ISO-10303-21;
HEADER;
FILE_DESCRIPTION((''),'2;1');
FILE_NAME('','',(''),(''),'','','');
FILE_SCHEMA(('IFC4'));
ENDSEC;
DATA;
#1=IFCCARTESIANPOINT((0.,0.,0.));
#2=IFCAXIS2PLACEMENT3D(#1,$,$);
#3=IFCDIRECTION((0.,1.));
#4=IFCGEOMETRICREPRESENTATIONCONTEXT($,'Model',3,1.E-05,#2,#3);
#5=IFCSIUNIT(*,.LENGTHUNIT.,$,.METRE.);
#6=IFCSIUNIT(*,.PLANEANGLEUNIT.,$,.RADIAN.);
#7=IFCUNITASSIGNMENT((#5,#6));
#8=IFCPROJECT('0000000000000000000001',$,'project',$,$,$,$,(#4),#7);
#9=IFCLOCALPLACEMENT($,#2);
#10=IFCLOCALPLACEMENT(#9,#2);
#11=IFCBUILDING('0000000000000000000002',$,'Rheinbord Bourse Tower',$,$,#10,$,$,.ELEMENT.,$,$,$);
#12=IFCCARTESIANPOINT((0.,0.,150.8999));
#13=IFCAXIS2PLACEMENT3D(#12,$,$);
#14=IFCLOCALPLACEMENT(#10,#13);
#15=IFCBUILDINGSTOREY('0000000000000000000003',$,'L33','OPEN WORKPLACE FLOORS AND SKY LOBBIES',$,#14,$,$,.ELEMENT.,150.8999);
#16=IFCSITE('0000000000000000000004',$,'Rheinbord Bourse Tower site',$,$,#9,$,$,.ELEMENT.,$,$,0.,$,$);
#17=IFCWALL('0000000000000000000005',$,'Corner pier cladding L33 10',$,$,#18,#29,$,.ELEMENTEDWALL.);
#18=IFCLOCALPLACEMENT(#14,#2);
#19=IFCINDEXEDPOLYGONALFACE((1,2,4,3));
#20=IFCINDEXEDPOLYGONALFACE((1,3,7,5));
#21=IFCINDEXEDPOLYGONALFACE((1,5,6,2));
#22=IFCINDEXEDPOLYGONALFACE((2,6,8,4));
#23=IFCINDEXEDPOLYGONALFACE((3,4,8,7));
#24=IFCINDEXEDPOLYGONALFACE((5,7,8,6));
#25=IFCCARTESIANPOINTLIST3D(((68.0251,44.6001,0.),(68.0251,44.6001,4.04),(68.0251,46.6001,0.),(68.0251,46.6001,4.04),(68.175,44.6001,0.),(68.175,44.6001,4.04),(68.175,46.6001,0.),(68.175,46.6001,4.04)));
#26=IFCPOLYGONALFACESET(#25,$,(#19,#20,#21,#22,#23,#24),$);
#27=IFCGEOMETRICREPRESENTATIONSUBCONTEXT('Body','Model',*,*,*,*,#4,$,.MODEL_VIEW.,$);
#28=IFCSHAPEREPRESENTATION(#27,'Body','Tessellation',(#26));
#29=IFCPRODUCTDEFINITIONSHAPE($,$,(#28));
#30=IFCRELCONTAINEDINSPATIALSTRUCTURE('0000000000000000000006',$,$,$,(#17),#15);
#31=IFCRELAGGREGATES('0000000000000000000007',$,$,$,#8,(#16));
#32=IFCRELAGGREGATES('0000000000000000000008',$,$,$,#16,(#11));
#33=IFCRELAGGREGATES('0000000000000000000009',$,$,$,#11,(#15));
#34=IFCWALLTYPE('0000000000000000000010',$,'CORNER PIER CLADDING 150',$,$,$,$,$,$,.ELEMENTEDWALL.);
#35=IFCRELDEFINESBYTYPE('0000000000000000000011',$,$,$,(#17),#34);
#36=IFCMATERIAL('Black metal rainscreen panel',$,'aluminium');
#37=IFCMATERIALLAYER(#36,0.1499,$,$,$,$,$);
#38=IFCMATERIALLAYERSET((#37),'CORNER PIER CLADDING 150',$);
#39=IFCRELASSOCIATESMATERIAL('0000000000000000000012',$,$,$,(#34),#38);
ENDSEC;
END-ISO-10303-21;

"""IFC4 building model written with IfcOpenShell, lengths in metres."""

from ifc_helpers import new_model, si_unit, direction, frame, frame_2d, origin, place, context, subcontext, project, spatial, rectangle, extrude, material, layer, layer_set, type_object, element, save


model = new_model("IFC4")

# Units and contexts
model_context = context("Model", 3, precision=1e-05, world=origin(), true_north=direction((0.0, 1.0)))
body_context = subcontext(model_context, "Body", "Model", "MODEL_VIEW")
ifc_project = project(units=[si_unit("LENGTHUNIT", "METRE"), si_unit("PLANEANGLEUNIT", "RADIAN")], contexts=[model_context])

# Site, building, storey
site_placement = place(None, origin())
site = spatial("IfcSite", under=ifc_project, at=site_placement, Name="Rheinbord Bourse Tower site", CompositionType="ELEMENT", RefElevation=0.0)
building_placement = place(site_placement, origin())
building = spatial("IfcBuilding", under=site, at=building_placement, Name="Rheinbord Bourse Tower", CompositionType="ELEMENT")
storey_placement = place(building_placement, frame((0.0, 0.0, 150.8999)))
storey = spatial("IfcBuildingStorey", under=building, at=storey_placement, Name="L33", Description="OPEN WORKPLACE FLOORS AND SKY LOBBIES", CompositionType="ELEMENT", Elevation=150.8999)

# Wall
ifc_material_1 = material(Name="Black metal rainscreen panel", Category="aluminium")
ifc_layer_1 = layer(ifc_material_1, 0.1499)
ifc_layer_set_1 = layer_set([ifc_layer_1], Name="CORNER PIER CLADDING 150")
wall_type = type_object("IfcWallType", Name="CORNER PIER CLADDING 150", PredefinedType="ELEMENTEDWALL", material=ifc_layer_set_1)
wall_1_placement = place(storey_placement, frame((68.1001, 44.6001, 0.0), z_axis=(0.0, 0.0, 1.0), x_axis=(0.0, 1.0, 0.0)))
element("IfcWall", 1, at=wall_1_placement, inside=storey, type_object=wall_type, Name="Corner pier cladding L33 10", PredefinedType="ELEMENTEDWALL", context=body_context, shape_type="SweptSolid", body=[
    extrude(rectangle(XDim=2.0, YDim=0.1499, at=frame_2d((1.0, 0.0))), origin(), (0.0, 0.0, 1.0), 4.04),
])

save(model, "model.ifc")
